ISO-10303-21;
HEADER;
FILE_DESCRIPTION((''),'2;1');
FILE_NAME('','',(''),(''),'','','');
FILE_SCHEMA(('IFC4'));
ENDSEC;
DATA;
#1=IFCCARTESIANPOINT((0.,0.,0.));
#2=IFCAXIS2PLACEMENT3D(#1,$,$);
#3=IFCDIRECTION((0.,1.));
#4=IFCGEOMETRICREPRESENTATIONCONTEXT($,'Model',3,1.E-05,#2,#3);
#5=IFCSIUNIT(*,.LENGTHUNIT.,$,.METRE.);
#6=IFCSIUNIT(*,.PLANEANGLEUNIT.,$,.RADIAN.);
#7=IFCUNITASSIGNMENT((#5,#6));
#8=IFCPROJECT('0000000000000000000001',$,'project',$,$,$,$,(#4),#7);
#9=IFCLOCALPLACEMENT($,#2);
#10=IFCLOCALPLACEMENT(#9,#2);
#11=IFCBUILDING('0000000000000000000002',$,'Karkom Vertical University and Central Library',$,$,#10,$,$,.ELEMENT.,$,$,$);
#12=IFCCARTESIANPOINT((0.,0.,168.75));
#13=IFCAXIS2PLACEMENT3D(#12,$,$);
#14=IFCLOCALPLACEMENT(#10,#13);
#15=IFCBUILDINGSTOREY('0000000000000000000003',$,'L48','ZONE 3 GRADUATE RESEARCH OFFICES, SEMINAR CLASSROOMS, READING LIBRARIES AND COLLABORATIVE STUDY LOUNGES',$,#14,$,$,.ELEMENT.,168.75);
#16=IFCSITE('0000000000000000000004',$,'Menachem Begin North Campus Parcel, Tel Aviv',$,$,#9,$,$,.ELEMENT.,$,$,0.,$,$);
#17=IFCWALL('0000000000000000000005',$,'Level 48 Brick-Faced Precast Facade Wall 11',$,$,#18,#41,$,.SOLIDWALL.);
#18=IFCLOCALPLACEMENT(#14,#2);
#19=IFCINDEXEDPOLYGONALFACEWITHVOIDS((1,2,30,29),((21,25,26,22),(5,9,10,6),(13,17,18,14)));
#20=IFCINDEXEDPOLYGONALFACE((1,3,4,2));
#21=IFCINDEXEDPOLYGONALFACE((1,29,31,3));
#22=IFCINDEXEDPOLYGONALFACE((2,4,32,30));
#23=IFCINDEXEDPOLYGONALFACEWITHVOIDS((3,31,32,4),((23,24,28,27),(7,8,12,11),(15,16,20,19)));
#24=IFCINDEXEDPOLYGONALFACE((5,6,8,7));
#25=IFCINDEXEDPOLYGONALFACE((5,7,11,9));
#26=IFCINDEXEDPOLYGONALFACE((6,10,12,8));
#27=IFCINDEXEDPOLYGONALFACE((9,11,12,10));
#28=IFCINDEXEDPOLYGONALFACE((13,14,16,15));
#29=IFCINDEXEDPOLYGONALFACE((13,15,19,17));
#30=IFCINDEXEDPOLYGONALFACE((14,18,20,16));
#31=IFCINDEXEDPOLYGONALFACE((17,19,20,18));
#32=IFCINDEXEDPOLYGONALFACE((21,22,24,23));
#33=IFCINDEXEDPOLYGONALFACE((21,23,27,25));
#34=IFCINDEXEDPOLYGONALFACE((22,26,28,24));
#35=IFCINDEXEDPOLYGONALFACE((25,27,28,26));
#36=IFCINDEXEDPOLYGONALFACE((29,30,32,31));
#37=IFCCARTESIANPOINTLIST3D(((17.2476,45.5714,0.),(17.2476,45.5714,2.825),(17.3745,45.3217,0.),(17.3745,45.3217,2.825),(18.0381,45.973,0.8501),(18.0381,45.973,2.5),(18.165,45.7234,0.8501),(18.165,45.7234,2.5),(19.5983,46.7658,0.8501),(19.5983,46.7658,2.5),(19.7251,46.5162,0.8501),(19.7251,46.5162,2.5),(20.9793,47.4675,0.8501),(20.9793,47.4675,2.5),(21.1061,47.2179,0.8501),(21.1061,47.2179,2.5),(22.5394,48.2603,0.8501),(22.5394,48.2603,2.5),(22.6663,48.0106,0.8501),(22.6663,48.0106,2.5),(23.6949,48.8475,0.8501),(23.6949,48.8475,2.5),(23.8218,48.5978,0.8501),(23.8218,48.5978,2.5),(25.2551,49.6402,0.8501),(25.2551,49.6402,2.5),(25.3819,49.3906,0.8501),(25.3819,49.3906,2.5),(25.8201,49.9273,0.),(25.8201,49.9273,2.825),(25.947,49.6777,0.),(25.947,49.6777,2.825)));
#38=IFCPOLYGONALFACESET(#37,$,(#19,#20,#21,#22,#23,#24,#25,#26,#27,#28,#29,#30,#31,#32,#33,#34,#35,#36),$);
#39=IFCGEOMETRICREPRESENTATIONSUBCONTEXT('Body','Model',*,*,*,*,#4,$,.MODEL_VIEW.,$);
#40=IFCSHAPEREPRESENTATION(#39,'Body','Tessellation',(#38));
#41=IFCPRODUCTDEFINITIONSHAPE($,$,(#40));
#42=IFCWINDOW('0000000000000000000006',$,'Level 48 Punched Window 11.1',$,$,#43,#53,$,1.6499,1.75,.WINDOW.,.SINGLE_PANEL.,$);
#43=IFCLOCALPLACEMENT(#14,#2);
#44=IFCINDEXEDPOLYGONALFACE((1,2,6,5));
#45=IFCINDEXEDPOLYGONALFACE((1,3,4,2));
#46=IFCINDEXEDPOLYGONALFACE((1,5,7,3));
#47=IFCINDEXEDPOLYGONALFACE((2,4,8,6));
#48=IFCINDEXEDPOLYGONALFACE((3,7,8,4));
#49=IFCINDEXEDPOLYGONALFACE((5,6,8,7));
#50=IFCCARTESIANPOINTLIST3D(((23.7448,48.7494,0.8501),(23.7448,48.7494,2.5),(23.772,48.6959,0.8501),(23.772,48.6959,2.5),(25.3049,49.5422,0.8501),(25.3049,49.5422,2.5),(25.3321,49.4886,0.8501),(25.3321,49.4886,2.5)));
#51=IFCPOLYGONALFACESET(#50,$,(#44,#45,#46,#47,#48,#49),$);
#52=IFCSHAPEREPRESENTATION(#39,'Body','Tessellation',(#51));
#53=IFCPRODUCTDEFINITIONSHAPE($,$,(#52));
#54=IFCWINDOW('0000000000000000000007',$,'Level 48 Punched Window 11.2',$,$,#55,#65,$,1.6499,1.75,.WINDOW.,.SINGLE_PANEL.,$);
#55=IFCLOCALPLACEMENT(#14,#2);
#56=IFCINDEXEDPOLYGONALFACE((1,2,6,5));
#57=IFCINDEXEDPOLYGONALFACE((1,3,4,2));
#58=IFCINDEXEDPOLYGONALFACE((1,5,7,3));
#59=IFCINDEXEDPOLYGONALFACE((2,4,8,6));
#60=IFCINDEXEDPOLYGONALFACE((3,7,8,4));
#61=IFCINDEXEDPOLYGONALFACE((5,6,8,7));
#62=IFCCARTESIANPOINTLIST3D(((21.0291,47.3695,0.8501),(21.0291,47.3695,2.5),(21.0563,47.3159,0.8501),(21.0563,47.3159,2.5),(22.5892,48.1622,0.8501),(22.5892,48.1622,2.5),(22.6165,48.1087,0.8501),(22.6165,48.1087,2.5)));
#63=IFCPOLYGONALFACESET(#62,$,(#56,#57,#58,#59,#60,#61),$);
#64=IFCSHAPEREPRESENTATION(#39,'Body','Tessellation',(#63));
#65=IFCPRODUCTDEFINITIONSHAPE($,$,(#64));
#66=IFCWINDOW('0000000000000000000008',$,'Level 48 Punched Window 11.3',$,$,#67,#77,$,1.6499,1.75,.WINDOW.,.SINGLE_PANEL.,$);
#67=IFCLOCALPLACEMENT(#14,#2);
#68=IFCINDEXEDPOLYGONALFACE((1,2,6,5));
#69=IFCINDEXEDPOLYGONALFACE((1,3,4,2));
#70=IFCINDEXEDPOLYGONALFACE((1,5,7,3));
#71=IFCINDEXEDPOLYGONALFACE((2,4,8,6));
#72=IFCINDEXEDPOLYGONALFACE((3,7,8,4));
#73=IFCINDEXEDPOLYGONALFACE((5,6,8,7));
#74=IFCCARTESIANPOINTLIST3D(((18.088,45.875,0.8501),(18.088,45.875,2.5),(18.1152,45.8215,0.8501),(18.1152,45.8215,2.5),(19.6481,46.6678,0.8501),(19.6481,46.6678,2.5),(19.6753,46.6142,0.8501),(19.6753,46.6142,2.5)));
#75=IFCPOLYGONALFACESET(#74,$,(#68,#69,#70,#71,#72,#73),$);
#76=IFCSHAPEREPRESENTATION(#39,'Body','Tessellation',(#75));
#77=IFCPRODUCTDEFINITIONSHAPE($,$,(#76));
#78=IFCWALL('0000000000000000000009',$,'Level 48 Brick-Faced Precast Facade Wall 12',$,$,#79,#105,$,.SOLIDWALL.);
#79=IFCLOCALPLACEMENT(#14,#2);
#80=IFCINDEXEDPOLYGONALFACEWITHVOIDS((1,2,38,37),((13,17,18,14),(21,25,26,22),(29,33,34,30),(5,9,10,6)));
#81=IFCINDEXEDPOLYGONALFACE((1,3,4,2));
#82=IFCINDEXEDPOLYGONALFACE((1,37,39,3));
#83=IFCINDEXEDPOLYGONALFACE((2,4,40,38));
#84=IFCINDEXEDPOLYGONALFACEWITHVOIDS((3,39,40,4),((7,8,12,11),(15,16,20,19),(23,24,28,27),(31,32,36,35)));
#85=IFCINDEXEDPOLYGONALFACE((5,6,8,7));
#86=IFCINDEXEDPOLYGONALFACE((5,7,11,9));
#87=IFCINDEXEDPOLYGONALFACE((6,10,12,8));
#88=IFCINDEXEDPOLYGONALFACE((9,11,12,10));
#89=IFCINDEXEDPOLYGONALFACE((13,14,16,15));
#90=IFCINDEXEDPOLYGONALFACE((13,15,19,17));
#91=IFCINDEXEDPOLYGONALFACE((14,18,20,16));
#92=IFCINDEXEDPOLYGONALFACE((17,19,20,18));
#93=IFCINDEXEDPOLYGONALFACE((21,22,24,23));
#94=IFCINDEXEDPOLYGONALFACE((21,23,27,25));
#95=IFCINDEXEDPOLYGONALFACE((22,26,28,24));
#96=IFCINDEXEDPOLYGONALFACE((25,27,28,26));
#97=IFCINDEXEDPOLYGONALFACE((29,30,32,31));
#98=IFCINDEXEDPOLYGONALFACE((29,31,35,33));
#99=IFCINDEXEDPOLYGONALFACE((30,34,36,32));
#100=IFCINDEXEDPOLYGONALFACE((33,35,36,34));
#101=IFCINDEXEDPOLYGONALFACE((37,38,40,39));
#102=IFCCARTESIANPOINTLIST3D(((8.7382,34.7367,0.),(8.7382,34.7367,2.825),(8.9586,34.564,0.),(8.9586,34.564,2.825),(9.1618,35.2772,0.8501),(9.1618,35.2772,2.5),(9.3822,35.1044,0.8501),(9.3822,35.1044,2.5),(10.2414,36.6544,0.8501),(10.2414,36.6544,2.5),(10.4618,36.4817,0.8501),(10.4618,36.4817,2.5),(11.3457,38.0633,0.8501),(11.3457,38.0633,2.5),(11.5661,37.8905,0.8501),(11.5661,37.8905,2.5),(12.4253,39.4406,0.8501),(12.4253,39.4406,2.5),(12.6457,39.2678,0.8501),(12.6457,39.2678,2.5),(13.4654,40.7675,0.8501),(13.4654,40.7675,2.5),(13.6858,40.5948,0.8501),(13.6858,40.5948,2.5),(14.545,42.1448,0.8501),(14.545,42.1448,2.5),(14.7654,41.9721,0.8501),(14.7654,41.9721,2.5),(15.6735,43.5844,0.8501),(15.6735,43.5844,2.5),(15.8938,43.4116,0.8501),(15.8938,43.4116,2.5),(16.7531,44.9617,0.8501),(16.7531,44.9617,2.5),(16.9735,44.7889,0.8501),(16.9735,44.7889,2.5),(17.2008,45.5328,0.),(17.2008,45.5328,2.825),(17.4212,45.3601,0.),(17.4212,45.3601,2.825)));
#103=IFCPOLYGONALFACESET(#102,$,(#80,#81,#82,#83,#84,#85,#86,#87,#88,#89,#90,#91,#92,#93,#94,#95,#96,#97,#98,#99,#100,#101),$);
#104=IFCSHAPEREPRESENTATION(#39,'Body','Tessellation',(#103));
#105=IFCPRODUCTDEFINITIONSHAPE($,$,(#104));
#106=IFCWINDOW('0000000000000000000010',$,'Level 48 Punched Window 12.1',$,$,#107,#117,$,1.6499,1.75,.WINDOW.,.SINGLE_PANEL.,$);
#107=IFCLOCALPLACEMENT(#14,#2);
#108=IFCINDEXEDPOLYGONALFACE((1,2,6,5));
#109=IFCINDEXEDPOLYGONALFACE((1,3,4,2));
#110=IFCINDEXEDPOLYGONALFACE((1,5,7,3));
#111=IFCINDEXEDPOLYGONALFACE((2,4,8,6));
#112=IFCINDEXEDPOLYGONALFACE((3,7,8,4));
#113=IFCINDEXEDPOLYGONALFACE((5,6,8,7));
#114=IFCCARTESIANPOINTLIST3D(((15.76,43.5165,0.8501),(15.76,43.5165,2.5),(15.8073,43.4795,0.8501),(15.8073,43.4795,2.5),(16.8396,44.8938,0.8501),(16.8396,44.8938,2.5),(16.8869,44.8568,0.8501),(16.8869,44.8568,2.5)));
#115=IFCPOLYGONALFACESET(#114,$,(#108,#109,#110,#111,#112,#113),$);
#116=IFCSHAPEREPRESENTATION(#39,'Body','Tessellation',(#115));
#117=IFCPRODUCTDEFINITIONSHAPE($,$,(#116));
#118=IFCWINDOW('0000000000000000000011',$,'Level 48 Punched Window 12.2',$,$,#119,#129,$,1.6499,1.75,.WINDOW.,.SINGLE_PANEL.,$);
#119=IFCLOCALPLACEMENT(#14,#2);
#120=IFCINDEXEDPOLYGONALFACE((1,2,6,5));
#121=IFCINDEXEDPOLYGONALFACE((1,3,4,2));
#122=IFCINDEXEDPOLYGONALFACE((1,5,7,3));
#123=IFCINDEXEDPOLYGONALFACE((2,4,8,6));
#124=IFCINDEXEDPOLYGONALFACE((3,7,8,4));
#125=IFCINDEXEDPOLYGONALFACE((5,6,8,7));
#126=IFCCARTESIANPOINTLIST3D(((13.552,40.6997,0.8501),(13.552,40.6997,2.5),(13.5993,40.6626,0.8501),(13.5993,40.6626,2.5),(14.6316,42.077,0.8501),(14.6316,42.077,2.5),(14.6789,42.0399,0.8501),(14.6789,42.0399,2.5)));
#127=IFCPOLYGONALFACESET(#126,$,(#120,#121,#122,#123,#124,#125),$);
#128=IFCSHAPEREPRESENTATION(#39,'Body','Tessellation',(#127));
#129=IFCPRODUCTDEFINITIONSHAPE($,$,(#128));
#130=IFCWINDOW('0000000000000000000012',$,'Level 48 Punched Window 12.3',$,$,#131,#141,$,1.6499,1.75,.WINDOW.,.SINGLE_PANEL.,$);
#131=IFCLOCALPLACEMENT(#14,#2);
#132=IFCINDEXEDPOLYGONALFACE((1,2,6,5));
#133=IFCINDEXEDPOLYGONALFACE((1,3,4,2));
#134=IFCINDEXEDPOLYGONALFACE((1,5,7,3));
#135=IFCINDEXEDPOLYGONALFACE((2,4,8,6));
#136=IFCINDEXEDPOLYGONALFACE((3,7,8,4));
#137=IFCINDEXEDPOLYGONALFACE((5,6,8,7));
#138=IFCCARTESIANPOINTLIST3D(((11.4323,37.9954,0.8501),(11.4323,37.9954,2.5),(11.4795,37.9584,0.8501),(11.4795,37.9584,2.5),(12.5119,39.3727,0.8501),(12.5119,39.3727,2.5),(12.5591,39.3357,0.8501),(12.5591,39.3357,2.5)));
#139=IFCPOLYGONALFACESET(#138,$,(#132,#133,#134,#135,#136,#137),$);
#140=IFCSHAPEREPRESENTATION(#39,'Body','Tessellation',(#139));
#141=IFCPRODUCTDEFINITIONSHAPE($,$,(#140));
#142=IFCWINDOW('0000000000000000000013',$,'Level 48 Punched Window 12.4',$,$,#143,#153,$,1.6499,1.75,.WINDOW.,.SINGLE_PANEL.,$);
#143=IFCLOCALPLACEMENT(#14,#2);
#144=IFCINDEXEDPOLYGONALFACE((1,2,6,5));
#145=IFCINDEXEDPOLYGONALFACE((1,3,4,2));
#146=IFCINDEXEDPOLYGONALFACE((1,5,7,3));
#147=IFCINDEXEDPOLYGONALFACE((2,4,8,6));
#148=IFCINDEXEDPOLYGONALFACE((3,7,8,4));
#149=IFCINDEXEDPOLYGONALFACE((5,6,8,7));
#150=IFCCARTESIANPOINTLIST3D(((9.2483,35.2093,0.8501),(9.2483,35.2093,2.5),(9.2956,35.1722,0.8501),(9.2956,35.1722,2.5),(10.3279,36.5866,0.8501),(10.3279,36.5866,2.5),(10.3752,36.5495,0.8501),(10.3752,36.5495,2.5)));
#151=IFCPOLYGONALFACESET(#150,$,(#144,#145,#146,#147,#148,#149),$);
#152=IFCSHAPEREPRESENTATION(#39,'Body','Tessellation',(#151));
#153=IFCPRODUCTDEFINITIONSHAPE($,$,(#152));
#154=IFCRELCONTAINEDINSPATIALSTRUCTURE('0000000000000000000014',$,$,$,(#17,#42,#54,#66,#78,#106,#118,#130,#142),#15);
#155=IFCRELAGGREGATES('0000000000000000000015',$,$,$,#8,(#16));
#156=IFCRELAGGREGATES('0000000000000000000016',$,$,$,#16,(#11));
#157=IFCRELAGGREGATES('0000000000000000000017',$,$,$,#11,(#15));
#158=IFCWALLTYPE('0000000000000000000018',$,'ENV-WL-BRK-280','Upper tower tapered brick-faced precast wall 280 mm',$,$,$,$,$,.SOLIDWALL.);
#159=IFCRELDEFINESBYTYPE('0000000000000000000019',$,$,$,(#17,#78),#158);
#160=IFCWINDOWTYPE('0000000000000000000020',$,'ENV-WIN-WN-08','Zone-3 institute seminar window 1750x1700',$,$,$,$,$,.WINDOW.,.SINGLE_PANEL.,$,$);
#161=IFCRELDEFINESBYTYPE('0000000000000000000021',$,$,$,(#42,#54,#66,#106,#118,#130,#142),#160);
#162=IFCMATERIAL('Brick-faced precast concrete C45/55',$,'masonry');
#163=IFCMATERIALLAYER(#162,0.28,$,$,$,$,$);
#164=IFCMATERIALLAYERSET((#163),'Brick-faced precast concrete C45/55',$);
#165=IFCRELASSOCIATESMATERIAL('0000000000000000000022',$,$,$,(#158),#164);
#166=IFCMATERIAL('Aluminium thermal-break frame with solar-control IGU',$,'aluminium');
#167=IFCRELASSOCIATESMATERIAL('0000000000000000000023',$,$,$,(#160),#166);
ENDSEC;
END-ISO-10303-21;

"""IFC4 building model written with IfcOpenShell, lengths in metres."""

from ifc_helpers import new_model, si_unit, direction, frame, frame_2d, origin, origin_with_axes, place, context, subcontext, project, spatial, rectangle, extrude, source, transform, mapped, material, layer, layer_set, type_object, element, fill, save


model = new_model("IFC4")

# Units and contexts
model_context = context("Model", 3, precision=1e-05, world=origin(), true_north=direction((0.0, 1.0)))
body_context = subcontext(model_context, "Body", "Model", "MODEL_VIEW")
ifc_project = project(units=[si_unit("LENGTHUNIT", "METRE"), si_unit("PLANEANGLEUNIT", "RADIAN")], contexts=[model_context])

# Site, building, storey
site_placement = place(None, origin())
site = spatial("IfcSite", under=ifc_project, at=site_placement, Name="Menachem Begin North Campus Parcel, Tel Aviv", CompositionType="ELEMENT", RefElevation=0.0)
building_placement = place(site_placement, origin())
building = spatial("IfcBuilding", under=site, at=building_placement, Name="Karkom Vertical University and Central Library", CompositionType="ELEMENT")
storey_placement = place(building_placement, frame((0.0, 0.0, 168.75)))
storey = spatial("IfcBuildingStorey", under=building, at=storey_placement, Name="L48", Description="ZONE 3 GRADUATE RESEARCH OFFICES, SEMINAR CLASSROOMS, READING LIBRARIES AND COLLABORATIVE STUDY LOUNGES", CompositionType="ELEMENT", Elevation=168.75)

# Walls, openings, windows
ifc_material_1 = material(Name="Brick-faced precast concrete C45/55", Category="masonry")
ifc_layer = layer(ifc_material_1, 0.28)
ifc_layer_set = layer_set([ifc_layer], Name="Brick-faced precast concrete C45/55")
wall_type = type_object("IfcWallType", Name="ENV-WL-BRK-280", Description="Upper tower tapered brick-faced precast wall 280 mm", PredefinedType="SOLIDWALL", material=ifc_layer_set)
wall_1_placement = place(storey_placement, frame((25.8835, 49.8025, 0.0), z_axis=(0.0, 0.0, 1.0), x_axis=(-0.891509, -0.453003, 0.0)))
wall_1 = element("IfcWall", 1, at=wall_1_placement, inside=storey, type_object=wall_type, Name="Level 48 Brick-Faced Precast Facade Wall 11", PredefinedType="SOLIDWALL", context=body_context, shape_type="SweptSolid", body=[
    extrude(rectangle(XDim=9.6157, YDim=0.28, at=frame_2d((4.8079, 0.0))), origin(), (0.0, 0.0, 1.0), 2.825),
])
opening_1_placement = place(wall_1_placement, frame((0.6338, 0.0, 0.8501)))
opening_1 = element("IfcOpeningElement", 2, at=opening_1_placement, cuts=wall_1, PredefinedType="OPENING", context=body_context, shape_type="SweptSolid", body=[
    extrude(rectangle(XDim=1.75, YDim=1.6499, at=frame_2d((0.875, 0.825))), frame((0.0, 0.1499, 0.0), z_axis=(0.0, -1.0, 0.0), x_axis=(1.0, 0.0, 0.0)), (0.0, 0.0, 1.0), 0.3),
])
opening_2_placement = place(wall_1_placement, frame((3.6799, 0.0, 0.8501)))
opening_2 = element("IfcOpeningElement", 3, at=opening_2_placement, cuts=wall_1, PredefinedType="OPENING", context=body_context, shape_type="SweptSolid", body=[
    extrude(rectangle(XDim=1.75, YDim=1.6499, at=frame_2d((0.875, 0.825))), frame((0.0, 0.1499, 0.0), z_axis=(0.0, -1.0, 0.0), x_axis=(1.0, 0.0, 0.0)), (0.0, 0.0, 1.0), 0.3),
])
opening_3_placement = place(wall_1_placement, frame((6.979, 0.0, 0.8501)))
opening_3 = element("IfcOpeningElement", 4, at=opening_3_placement, cuts=wall_1, PredefinedType="OPENING", context=body_context, shape_type="SweptSolid", body=[
    extrude(rectangle(XDim=1.75, YDim=1.6499, at=frame_2d((0.875, 0.825))), frame((0.0, 0.1499, 0.0), z_axis=(0.0, -1.0, 0.0), x_axis=(1.0, 0.0, 0.0)), (0.0, 0.0, 1.0), 0.3),
])
ifc_material_2 = material(Name="Aluminium thermal-break frame with solar-control IGU", Category="aluminium")
window_type = type_object("IfcWindowType", Name="ENV-WIN-WN-08", Description="Zone-3 institute seminar window 1750x1700", PartitioningType="SINGLE_PANEL", PredefinedType="WINDOW", material=ifc_material_2)
shared_shape_1 = source(origin_with_axes(), body_context, "Body", "SweptSolid", [
    extrude(rectangle(XDim=1.75, YDim=1.6499, at=frame_2d((0.875, 0.825))), frame((0.0, 0.03, 0.0), z_axis=(0.0, -1.0, 0.0), x_axis=(1.0, 0.0, 0.0)), (0.0, 0.0, 1.0), 0.0601),
])
window_1_placement = place(opening_1_placement, origin())
window_1 = element("IfcWindow", 5, at=window_1_placement, inside=storey, type_object=window_type, Name="Level 48 Punched Window 11.1", OverallHeight=1.6499, OverallWidth=1.75, PartitioningType="SINGLE_PANEL", PredefinedType="WINDOW", context=body_context, shape_type="MappedRepresentation", body=[
    mapped(shared_shape_1, transform((0.0, 0.0, 0.0), scale=1.0)),
])
fill(opening_1, window_1)
window_2_placement = place(opening_2_placement, origin())
window_2 = element("IfcWindow", 6, at=window_2_placement, inside=storey, type_object=window_type, Name="Level 48 Punched Window 11.2", OverallHeight=1.6499, OverallWidth=1.75, PartitioningType="SINGLE_PANEL", PredefinedType="WINDOW", context=body_context, shape_type="MappedRepresentation", body=[
    mapped(shared_shape_1, transform((0.0, 0.0, 0.0), scale=1.0)),
])
fill(opening_2, window_2)
window_3_placement = place(opening_3_placement, origin())
window_3 = element("IfcWindow", 7, at=window_3_placement, inside=storey, type_object=window_type, Name="Level 48 Punched Window 11.3", OverallHeight=1.6499, OverallWidth=1.75, PartitioningType="SINGLE_PANEL", PredefinedType="WINDOW", context=body_context, shape_type="MappedRepresentation", body=[
    mapped(shared_shape_1, transform((0.0, 0.0, 0.0), scale=1.0)),
])
fill(opening_3, window_3)
wall_2_placement = place(storey_placement, frame((17.311, 45.4465, 0.0), z_axis=(0.0, 0.0, 1.0), x_axis=(-0.616918, -0.787027, 0.0)))
wall_2 = element("IfcWall", 8, at=wall_2_placement, inside=storey, type_object=wall_type, Name="Level 48 Brick-Faced Precast Facade Wall 12", PredefinedType="SOLIDWALL", context=body_context, shape_type="SweptSolid", body=[
    extrude(rectangle(XDim=13.7175, YDim=0.28, at=frame_2d((6.8589, 0.0))), origin(), (0.0, 0.0, 1.0), 2.825),
])
opening_4_placement = place(wall_2_placement, frame((0.7258, 0.0, 0.8501)))
opening_4 = element("IfcOpeningElement", 9, at=opening_4_placement, cuts=wall_2, PredefinedType="OPENING", context=body_context, shape_type="SweptSolid", body=[
    extrude(rectangle(XDim=1.75, YDim=1.6499, at=frame_2d((0.875, 0.825))), frame((0.0, 0.1499, 0.0), z_axis=(0.0, -1.0, 0.0), x_axis=(1.0, 0.0, 0.0)), (0.0, 0.0, 1.0), 0.3),
])
opening_5_placement = place(wall_2_placement, frame((4.3049, 0.0, 0.8501)))
opening_5 = element("IfcOpeningElement", 10, at=opening_5_placement, cuts=wall_2, PredefinedType="OPENING", context=body_context, shape_type="SweptSolid", body=[
    extrude(rectangle(XDim=1.75, YDim=1.6499, at=frame_2d((0.875, 0.825))), frame((0.0, 0.1499, 0.0), z_axis=(0.0, -1.0, 0.0), x_axis=(1.0, 0.0, 0.0)), (0.0, 0.0, 1.0), 0.3),
])
opening_6_placement = place(wall_2_placement, frame((7.741, 0.0, 0.8501)))
opening_6 = element("IfcOpeningElement", 11, at=opening_6_placement, cuts=wall_2, PredefinedType="OPENING", context=body_context, shape_type="SweptSolid", body=[
    extrude(rectangle(XDim=1.75, YDim=1.6499, at=frame_2d((0.875, 0.825))), frame((0.0, 0.1499, 0.0), z_axis=(0.0, -1.0, 0.0), x_axis=(1.0, 0.0, 0.0)), (0.0, 0.0, 1.0), 0.3),
])
opening_7_placement = place(wall_2_placement, frame((11.281, 0.0, 0.8501)))
opening_7 = element("IfcOpeningElement", 12, at=opening_7_placement, cuts=wall_2, PredefinedType="OPENING", context=body_context, shape_type="SweptSolid", body=[
    extrude(rectangle(XDim=1.75, YDim=1.6499, at=frame_2d((0.875, 0.825))), frame((0.0, 0.1499, 0.0), z_axis=(0.0, -1.0, 0.0), x_axis=(1.0, 0.0, 0.0)), (0.0, 0.0, 1.0), 0.3),
])
window_4_placement = place(opening_4_placement, origin())
window_4 = element("IfcWindow", 13, at=window_4_placement, inside=storey, type_object=window_type, Name="Level 48 Punched Window 12.1", OverallHeight=1.6499, OverallWidth=1.75, PartitioningType="SINGLE_PANEL", PredefinedType="WINDOW", context=body_context, shape_type="MappedRepresentation", body=[
    mapped(shared_shape_1, transform((0.0, 0.0, 0.0), scale=1.0)),
])
fill(opening_4, window_4)
window_5_placement = place(opening_5_placement, origin())
window_5 = element("IfcWindow", 14, at=window_5_placement, inside=storey, type_object=window_type, Name="Level 48 Punched Window 12.2", OverallHeight=1.6499, OverallWidth=1.75, PartitioningType="SINGLE_PANEL", PredefinedType="WINDOW", context=body_context, shape_type="MappedRepresentation", body=[
    mapped(shared_shape_1, transform((0.0, 0.0, 0.0), scale=1.0)),
])
fill(opening_5, window_5)
window_6_placement = place(opening_6_placement, origin())
window_6 = element("IfcWindow", 15, at=window_6_placement, inside=storey, type_object=window_type, Name="Level 48 Punched Window 12.3", OverallHeight=1.6499, OverallWidth=1.75, PartitioningType="SINGLE_PANEL", PredefinedType="WINDOW", context=body_context, shape_type="MappedRepresentation", body=[
    mapped(shared_shape_1, transform((0.0, 0.0, 0.0), scale=1.0)),
])
fill(opening_6, window_6)
window_7_placement = place(opening_7_placement, origin())
window_7 = element("IfcWindow", 16, at=window_7_placement, inside=storey, type_object=window_type, Name="Level 48 Punched Window 12.4", OverallHeight=1.6499, OverallWidth=1.75, PartitioningType="SINGLE_PANEL", PredefinedType="WINDOW", context=body_context, shape_type="MappedRepresentation", body=[
    mapped(shared_shape_1, transform((0.0, 0.0, 0.0), scale=1.0)),
])
fill(opening_7, window_7)

save(model, "model.ifc")
